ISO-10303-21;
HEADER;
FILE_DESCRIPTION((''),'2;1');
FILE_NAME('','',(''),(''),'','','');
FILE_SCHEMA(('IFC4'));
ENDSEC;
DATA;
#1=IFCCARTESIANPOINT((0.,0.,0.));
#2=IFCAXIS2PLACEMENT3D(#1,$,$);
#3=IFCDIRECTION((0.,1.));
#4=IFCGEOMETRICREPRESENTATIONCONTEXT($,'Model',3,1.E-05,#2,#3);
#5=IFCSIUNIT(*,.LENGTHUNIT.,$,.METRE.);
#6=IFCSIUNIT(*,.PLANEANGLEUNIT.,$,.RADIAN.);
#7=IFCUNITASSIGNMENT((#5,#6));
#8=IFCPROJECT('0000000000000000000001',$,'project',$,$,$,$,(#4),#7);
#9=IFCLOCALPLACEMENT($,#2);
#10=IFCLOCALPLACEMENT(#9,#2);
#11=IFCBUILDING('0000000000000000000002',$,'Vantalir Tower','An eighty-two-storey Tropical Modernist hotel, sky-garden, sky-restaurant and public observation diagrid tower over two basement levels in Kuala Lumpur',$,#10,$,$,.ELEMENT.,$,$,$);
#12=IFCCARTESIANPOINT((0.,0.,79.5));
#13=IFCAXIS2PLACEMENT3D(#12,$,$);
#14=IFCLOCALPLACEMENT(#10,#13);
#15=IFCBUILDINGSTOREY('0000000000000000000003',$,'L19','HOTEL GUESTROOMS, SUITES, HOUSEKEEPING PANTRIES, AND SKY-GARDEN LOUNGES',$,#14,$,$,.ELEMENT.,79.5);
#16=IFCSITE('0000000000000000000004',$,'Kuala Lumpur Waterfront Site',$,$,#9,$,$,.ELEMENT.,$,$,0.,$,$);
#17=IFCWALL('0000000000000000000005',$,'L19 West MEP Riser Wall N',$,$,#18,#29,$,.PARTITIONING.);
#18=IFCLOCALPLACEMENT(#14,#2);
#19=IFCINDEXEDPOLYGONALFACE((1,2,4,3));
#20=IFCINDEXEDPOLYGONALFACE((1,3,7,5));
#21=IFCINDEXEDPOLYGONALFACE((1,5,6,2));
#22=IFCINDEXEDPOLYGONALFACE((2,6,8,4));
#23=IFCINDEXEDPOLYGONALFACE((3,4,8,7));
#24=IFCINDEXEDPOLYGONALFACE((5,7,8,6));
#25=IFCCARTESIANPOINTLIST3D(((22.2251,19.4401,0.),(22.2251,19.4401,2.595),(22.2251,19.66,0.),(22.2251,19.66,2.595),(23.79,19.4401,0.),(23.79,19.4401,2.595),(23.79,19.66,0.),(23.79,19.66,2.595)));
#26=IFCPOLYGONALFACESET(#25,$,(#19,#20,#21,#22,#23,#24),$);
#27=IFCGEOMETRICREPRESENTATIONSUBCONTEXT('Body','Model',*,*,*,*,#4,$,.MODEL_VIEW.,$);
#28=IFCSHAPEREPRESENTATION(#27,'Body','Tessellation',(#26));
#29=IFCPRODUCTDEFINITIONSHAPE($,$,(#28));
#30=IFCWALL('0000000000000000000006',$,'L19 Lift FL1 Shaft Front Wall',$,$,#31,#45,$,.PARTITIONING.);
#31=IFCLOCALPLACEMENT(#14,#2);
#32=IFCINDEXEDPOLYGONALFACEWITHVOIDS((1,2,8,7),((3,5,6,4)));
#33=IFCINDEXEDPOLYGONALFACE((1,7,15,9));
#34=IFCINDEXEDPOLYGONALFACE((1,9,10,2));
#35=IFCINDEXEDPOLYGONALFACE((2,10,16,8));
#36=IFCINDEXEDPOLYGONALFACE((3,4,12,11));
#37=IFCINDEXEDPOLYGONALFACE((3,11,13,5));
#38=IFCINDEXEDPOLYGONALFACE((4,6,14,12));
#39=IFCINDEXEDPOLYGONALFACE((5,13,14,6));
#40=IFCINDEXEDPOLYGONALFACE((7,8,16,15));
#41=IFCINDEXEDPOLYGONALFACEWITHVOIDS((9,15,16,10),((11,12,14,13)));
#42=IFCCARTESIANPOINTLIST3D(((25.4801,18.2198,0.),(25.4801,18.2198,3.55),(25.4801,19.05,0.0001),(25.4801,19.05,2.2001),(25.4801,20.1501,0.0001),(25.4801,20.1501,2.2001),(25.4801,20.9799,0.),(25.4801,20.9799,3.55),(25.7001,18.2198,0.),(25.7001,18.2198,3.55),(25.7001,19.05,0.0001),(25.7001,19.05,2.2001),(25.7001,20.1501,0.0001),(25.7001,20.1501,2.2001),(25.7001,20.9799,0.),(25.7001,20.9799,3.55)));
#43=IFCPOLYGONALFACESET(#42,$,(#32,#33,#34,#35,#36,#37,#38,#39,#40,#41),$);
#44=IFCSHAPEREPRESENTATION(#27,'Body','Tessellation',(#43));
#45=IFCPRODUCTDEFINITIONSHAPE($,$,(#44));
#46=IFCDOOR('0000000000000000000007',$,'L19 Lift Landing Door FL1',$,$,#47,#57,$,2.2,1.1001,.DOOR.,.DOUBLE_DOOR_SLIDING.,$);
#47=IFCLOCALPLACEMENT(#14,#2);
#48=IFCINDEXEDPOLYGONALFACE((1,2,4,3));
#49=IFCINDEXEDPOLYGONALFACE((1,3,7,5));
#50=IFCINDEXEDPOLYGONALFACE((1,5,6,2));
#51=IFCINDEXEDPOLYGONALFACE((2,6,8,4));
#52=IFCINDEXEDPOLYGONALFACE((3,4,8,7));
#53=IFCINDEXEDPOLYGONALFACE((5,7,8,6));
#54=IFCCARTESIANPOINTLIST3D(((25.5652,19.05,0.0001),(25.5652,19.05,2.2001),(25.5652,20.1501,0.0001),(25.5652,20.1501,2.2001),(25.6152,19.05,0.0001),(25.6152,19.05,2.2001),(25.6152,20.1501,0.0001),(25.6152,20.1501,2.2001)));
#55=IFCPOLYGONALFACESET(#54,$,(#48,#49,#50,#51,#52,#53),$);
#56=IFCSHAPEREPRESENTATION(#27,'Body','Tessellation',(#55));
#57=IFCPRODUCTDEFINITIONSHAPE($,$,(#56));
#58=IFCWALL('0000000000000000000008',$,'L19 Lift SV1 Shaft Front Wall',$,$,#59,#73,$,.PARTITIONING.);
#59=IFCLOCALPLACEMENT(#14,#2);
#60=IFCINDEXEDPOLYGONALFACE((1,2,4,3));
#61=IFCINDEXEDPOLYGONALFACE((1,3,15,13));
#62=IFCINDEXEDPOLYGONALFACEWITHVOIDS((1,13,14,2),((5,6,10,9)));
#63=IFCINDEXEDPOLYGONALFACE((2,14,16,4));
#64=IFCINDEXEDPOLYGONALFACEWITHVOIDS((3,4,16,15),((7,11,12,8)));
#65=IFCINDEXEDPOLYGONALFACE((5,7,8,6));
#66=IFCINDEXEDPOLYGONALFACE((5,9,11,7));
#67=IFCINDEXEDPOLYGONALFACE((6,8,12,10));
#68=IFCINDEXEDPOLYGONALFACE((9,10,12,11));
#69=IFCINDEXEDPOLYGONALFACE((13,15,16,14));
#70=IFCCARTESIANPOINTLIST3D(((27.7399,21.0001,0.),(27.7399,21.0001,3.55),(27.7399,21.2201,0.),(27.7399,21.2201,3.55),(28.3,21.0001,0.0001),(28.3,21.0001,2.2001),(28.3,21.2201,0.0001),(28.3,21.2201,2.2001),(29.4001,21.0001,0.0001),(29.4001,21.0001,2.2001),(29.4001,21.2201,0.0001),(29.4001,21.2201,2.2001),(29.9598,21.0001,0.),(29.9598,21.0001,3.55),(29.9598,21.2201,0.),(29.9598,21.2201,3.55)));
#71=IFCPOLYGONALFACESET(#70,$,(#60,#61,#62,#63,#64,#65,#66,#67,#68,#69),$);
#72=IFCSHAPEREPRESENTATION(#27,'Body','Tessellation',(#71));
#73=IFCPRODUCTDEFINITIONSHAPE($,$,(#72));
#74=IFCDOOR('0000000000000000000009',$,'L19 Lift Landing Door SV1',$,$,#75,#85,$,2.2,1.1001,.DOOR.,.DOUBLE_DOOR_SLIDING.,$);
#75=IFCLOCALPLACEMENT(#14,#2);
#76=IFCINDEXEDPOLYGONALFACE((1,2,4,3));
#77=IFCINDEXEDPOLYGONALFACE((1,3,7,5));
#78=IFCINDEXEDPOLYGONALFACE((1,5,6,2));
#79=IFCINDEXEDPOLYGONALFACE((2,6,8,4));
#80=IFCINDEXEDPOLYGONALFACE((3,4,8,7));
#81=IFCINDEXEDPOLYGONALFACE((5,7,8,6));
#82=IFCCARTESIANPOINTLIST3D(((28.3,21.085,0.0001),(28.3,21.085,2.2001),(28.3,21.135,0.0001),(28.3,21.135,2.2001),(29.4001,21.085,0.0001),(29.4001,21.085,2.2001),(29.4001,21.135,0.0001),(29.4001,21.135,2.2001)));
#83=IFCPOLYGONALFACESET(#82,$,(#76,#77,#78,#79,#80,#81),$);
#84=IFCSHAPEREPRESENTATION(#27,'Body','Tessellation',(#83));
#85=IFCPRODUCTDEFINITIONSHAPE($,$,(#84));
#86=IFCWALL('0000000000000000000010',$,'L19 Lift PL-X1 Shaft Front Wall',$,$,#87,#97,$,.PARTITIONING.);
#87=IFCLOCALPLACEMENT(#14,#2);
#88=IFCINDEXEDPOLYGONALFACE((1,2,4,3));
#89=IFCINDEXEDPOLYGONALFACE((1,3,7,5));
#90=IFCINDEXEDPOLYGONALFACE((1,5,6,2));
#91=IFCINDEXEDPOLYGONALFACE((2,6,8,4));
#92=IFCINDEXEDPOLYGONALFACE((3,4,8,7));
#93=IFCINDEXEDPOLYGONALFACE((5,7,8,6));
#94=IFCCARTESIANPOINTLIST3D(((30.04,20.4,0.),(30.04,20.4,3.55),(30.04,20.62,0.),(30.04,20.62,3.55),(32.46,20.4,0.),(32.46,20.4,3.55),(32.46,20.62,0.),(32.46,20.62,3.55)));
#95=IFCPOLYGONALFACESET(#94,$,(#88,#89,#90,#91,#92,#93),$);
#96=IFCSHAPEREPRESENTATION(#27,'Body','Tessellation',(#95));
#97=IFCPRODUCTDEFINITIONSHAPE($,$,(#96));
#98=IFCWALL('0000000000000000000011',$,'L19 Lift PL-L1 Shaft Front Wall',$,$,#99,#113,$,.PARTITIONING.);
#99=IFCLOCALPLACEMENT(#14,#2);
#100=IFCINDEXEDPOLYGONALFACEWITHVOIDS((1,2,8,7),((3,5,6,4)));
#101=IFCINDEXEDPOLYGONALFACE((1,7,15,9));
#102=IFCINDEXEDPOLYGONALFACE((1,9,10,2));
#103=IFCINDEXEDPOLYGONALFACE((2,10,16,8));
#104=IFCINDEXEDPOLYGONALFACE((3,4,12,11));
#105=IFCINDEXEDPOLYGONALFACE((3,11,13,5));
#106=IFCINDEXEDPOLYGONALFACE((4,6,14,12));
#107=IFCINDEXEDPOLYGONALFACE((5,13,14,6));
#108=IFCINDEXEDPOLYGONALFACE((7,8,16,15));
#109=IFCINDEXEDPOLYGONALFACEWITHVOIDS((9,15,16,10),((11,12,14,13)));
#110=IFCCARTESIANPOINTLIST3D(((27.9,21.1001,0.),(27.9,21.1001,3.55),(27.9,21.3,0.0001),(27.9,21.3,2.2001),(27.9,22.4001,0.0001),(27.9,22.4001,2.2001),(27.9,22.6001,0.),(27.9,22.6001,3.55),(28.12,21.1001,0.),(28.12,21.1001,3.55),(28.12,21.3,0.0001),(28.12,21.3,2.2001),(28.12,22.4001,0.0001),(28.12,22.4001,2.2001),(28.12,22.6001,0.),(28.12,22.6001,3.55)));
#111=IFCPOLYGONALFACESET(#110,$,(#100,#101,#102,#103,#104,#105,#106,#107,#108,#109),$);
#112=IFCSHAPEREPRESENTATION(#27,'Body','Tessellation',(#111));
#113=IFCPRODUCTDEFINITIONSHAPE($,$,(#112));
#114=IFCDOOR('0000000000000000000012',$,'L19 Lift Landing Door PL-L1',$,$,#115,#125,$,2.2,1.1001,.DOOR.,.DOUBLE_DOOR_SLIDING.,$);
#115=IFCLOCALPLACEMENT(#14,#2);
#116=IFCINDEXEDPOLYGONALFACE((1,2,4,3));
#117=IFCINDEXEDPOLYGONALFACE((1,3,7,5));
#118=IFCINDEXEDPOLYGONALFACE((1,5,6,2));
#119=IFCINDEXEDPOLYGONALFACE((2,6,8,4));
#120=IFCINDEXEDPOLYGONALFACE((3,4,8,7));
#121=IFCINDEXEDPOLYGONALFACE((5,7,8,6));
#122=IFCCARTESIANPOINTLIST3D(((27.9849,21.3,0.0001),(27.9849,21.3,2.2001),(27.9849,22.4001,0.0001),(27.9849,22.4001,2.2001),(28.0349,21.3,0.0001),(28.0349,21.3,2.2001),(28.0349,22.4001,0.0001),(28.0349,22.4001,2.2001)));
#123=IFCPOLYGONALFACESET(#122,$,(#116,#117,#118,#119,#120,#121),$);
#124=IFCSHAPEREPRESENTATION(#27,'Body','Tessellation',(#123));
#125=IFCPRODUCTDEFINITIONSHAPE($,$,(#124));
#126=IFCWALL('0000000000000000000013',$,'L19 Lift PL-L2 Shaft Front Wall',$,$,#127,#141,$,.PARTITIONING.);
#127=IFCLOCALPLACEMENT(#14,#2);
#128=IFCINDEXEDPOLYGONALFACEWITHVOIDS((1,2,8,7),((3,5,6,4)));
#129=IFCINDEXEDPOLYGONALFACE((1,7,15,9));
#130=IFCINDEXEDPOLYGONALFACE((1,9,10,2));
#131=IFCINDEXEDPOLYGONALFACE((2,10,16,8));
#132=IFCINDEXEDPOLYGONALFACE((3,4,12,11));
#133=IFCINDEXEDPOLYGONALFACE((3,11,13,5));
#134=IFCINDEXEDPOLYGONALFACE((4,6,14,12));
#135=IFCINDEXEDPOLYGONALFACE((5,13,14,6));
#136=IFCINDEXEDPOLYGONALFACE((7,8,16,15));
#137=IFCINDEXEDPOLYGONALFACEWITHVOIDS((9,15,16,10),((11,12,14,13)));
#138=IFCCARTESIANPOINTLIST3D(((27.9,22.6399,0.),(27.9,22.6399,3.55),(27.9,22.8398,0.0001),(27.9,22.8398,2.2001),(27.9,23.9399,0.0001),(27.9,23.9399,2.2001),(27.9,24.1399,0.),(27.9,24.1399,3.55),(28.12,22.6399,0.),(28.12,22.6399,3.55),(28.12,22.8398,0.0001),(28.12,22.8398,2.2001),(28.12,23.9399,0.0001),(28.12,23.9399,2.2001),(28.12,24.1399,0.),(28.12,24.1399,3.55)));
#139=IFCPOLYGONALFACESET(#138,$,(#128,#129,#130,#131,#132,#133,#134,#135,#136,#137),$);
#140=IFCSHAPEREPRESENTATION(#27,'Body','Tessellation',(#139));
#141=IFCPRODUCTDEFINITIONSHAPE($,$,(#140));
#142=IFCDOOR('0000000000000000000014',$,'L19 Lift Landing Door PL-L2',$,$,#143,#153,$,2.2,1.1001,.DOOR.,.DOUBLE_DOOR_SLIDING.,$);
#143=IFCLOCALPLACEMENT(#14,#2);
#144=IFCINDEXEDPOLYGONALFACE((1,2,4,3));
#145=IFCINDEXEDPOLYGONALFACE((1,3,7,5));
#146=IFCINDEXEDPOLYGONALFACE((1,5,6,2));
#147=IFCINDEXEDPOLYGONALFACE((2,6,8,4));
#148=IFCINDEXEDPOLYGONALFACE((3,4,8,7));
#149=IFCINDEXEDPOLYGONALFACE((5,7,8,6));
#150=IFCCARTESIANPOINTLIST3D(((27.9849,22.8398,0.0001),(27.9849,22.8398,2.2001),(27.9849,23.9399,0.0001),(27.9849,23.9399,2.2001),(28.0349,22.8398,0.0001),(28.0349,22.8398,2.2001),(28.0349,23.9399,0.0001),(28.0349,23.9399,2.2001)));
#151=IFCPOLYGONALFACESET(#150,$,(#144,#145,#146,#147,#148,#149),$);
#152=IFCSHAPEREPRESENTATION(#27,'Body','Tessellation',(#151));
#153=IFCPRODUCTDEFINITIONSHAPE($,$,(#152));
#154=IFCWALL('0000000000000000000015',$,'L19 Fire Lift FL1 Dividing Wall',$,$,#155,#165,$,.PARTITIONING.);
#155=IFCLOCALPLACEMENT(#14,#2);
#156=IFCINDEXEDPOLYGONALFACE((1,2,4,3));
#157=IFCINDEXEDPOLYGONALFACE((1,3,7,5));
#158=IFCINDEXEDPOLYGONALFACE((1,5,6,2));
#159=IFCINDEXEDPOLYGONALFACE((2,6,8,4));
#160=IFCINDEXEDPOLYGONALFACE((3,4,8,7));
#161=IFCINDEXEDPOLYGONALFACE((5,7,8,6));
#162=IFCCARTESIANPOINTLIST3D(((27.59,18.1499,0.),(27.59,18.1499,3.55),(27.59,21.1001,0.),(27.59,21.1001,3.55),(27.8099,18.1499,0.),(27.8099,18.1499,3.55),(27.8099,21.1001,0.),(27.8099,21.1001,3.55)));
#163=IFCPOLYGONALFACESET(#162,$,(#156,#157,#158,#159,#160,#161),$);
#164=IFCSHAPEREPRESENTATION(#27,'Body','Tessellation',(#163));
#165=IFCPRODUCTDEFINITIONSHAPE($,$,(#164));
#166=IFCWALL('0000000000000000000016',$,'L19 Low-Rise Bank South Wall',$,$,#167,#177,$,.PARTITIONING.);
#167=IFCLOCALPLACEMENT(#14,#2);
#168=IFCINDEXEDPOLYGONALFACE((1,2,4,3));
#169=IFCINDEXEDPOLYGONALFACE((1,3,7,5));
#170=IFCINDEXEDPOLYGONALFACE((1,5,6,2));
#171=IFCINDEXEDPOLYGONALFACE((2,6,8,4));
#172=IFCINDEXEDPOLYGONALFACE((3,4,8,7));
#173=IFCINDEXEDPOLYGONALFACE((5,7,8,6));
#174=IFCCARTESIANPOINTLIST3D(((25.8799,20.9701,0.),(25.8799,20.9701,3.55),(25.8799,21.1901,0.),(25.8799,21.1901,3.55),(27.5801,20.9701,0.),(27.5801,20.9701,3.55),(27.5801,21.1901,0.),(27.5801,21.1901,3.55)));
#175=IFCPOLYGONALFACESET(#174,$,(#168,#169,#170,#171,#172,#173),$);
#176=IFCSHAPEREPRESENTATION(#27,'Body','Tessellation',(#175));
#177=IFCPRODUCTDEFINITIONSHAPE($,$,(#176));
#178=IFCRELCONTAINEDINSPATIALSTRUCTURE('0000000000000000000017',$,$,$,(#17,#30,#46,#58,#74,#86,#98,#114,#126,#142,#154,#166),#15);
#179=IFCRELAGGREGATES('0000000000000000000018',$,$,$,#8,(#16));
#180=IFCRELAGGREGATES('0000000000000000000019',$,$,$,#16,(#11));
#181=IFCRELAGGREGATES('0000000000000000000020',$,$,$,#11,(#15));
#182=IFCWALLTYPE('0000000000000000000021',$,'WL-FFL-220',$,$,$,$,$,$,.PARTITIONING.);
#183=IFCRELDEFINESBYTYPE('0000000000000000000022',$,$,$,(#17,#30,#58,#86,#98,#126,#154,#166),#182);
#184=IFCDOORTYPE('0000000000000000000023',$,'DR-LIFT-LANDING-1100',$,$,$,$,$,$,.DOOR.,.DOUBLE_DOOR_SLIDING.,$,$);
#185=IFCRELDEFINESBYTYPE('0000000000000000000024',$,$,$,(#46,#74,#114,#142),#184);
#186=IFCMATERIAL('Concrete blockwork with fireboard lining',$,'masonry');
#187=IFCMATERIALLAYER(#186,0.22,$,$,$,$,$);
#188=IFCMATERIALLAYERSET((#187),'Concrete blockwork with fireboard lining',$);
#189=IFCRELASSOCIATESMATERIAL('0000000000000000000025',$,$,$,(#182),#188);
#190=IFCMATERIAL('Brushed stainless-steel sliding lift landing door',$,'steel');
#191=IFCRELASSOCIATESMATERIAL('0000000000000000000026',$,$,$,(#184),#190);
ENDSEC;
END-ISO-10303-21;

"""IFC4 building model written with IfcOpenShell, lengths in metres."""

from ifc_helpers import new_model, si_unit, direction, frame, frame_2d, origin, place, context, subcontext, project, spatial, rectangle, extrude, material, layer, layer_set, type_object, element, fill, save


model = new_model("IFC4")

# Units and contexts
model_context = context("Model", 3, precision=1e-05, world=origin(), true_north=direction((0.0, 1.0)))
body_context = subcontext(model_context, "Body", "Model", "MODEL_VIEW")
ifc_project = project(units=[si_unit("LENGTHUNIT", "METRE"), si_unit("PLANEANGLEUNIT", "RADIAN")], contexts=[model_context])

# Site, building, storey
site_placement = place(None, origin())
site = spatial("IfcSite", under=ifc_project, at=site_placement, Name="Kuala Lumpur Waterfront Site", CompositionType="ELEMENT", RefElevation=0.0)
building_placement = place(site_placement, origin())
building = spatial("IfcBuilding", under=site, at=building_placement, Name="Vantalir Tower", Description="An eighty-two-storey Tropical Modernist hotel, sky-garden, sky-restaurant and public observation diagrid tower over two basement levels in Kuala Lumpur", CompositionType="ELEMENT")
storey_placement = place(building_placement, frame((0.0, 0.0, 79.5)))
storey = spatial("IfcBuildingStorey", under=building, at=storey_placement, Name="L19", Description="HOTEL GUESTROOMS, SUITES, HOUSEKEEPING PANTRIES, AND SKY-GARDEN LOUNGES", CompositionType="ELEMENT", Elevation=79.5)

# Wall
ifc_material_1 = material(Name="Concrete blockwork with fireboard lining", Category="masonry")
ifc_layer_1 = layer(ifc_material_1, 0.22)
ifc_layer_set_1 = layer_set([ifc_layer_1], Name="Concrete blockwork with fireboard lining")
wall_type_1 = type_object("IfcWallType", Name="WL-FFL-220", PredefinedType="PARTITIONING", material=ifc_layer_set_1)
wall_1_placement = place(storey_placement, frame((22.2251, 19.55, 0.0), z_axis=(0.0, 0.0, 1.0), x_axis=(1.0, 0.0, 0.0)))
element("IfcWall", 1, at=wall_1_placement, inside=storey, type_object=wall_type_1, Name="L19 West MEP Riser Wall N", PredefinedType="PARTITIONING", context=body_context, shape_type="SweptSolid", body=[
    extrude(rectangle(XDim=1.5649, YDim=0.22, at=frame_2d((0.7825, 0.0))), origin(), (0.0, 0.0, 1.0), 2.595),
])

# Walls, openings, doors
wall_2_placement = place(storey_placement, frame((25.5901, 18.22, 0.0), z_axis=(0.0, 0.0, 1.0), x_axis=(0.0, 1.0, 0.0)))
wall_2 = element("IfcWall", 2, at=wall_2_placement, inside=storey, type_object=wall_type_1, Name="L19 Lift FL1 Shaft Front Wall", PredefinedType="PARTITIONING", context=body_context, shape_type="SweptSolid", body=[
    extrude(rectangle(XDim=2.76, YDim=0.22, at=frame_2d((1.3799, 0.0))), origin(), (0.0, 0.0, 1.0), 3.55),
])
opening_1_placement = place(wall_2_placement, frame((0.8301, 0.0, 0.0)))
opening_1 = element("IfcOpeningElement", 3, at=opening_1_placement, cuts=wall_2, PredefinedType="OPENING", context=body_context, shape_type="SweptSolid", body=[
    extrude(rectangle(XDim=1.1001, YDim=2.2, at=frame_2d((0.55, 1.1001))), frame((0.0, 0.1199, 0.0), z_axis=(0.0, -1.0, 0.0), x_axis=(1.0, 0.0, 0.0)), (0.0, 0.0, 1.0), 0.24),
])
ifc_material_2 = material(Name="Brushed stainless-steel sliding lift landing door", Category="steel")
door_type_1 = type_object("IfcDoorType", Name="DR-LIFT-LANDING-1100", OperationType="DOUBLE_DOOR_SLIDING", PredefinedType="DOOR", material=ifc_material_2)
door_1_placement = place(opening_1_placement, origin())
door_1 = element("IfcDoor", 4, at=door_1_placement, inside=storey, type_object=door_type_1, Name="L19 Lift Landing Door FL1", OperationType="DOUBLE_DOOR_SLIDING", OverallHeight=2.2, OverallWidth=1.1001, PredefinedType="DOOR", context=body_context, shape_type="SweptSolid", body=[
    extrude(rectangle(XDim=1.1001, YDim=2.2, at=frame_2d((0.55, 1.1001))), frame((0.0, 0.0249, 0.0), z_axis=(0.0, -1.0, 0.0), x_axis=(1.0, 0.0, 0.0)), (0.0, 0.0, 1.0), 0.05),
])
fill(opening_1, door_1)
wall_3_placement = place(storey_placement, frame((27.74, 21.1101, 0.0), z_axis=(0.0, 0.0, 1.0), x_axis=(1.0, 0.0, 0.0)))
wall_3 = element("IfcWall", 5, at=wall_3_placement, inside=storey, type_object=wall_type_1, Name="L19 Lift SV1 Shaft Front Wall", PredefinedType="PARTITIONING", context=body_context, shape_type="SweptSolid", body=[
    extrude(rectangle(XDim=2.22, YDim=0.22, at=frame_2d((1.1099, 0.0))), origin(), (0.0, 0.0, 1.0), 3.55),
])
opening_2_placement = place(wall_3_placement, frame((0.5601, 0.0, 0.0)))
opening_2 = element("IfcOpeningElement", 6, at=opening_2_placement, cuts=wall_3, PredefinedType="OPENING", context=body_context, shape_type="SweptSolid", body=[
    extrude(rectangle(XDim=1.1001, YDim=2.2, at=frame_2d((0.55, 1.1001))), frame((0.0, 0.1199, 0.0), z_axis=(0.0, -1.0, 0.0), x_axis=(1.0, 0.0, 0.0)), (0.0, 0.0, 1.0), 0.24),
])
door_2_placement = place(opening_2_placement, origin())
door_2 = element("IfcDoor", 7, at=door_2_placement, inside=storey, type_object=door_type_1, Name="L19 Lift Landing Door SV1", OperationType="DOUBLE_DOOR_SLIDING", OverallHeight=2.2, OverallWidth=1.1001, PredefinedType="DOOR", context=body_context, shape_type="SweptSolid", body=[
    extrude(rectangle(XDim=1.1001, YDim=2.2, at=frame_2d((0.55, 1.1001))), frame((0.0, 0.0249, 0.0), z_axis=(0.0, -1.0, 0.0), x_axis=(1.0, 0.0, 0.0)), (0.0, 0.0, 1.0), 0.05),
])
fill(opening_2, door_2)

# Wall
wall_4_placement = place(storey_placement, frame((30.04, 20.51, 0.0), z_axis=(0.0, 0.0, 1.0), x_axis=(1.0, 0.0, 0.0)))
element("IfcWall", 8, at=wall_4_placement, inside=storey, type_object=wall_type_1, Name="L19 Lift PL-X1 Shaft Front Wall", PredefinedType="PARTITIONING", context=body_context, shape_type="SweptSolid", body=[
    extrude(rectangle(XDim=2.4199, YDim=0.22, at=frame_2d((1.21, 0.0))), origin(), (0.0, 0.0, 1.0), 3.55),
])

# Walls, openings, doors
wall_5_placement = place(storey_placement, frame((28.01, 21.1001, 0.0), z_axis=(0.0, 0.0, 1.0), x_axis=(0.0, 1.0, 0.0)))
wall_5 = element("IfcWall", 9, at=wall_5_placement, inside=storey, type_object=wall_type_1, Name="L19 Lift PL-L1 Shaft Front Wall", PredefinedType="PARTITIONING", context=body_context, shape_type="SweptSolid", body=[
    extrude(rectangle(XDim=1.5, YDim=0.22, at=frame_2d((0.75, 0.0))), origin(), (0.0, 0.0, 1.0), 3.55),
])
opening_3_placement = place(wall_5_placement, frame((0.2, 0.0, 0.0)))
opening_3 = element("IfcOpeningElement", 10, at=opening_3_placement, cuts=wall_5, PredefinedType="OPENING", context=body_context, shape_type="SweptSolid", body=[
    extrude(rectangle(XDim=1.1001, YDim=2.2, at=frame_2d((0.55, 1.1001))), frame((0.0, 0.1199, 0.0), z_axis=(0.0, -1.0, 0.0), x_axis=(1.0, 0.0, 0.0)), (0.0, 0.0, 1.0), 0.24),
])
door_3_placement = place(opening_3_placement, frame((1.1001, 0.0, 0.0), z_axis=(0.0, 0.0, 1.0), x_axis=(-1.0, 0.0, 0.0)))
door_3 = element("IfcDoor", 11, at=door_3_placement, inside=storey, type_object=door_type_1, Name="L19 Lift Landing Door PL-L1", OperationType="DOUBLE_DOOR_SLIDING", OverallHeight=2.2, OverallWidth=1.1001, PredefinedType="DOOR", context=body_context, shape_type="SweptSolid", body=[
    extrude(rectangle(XDim=1.1001, YDim=2.2, at=frame_2d((0.55, 1.1001))), frame((0.0, 0.0249, 0.0), z_axis=(0.0, -1.0, 0.0), x_axis=(1.0, 0.0, 0.0)), (0.0, 0.0, 1.0), 0.05),
])
fill(opening_3, door_3)
wall_6_placement = place(storey_placement, frame((28.01, 22.6399, 0.0), z_axis=(0.0, 0.0, 1.0), x_axis=(0.0, 1.0, 0.0)))
wall_6 = element("IfcWall", 12, at=wall_6_placement, inside=storey, type_object=wall_type_1, Name="L19 Lift PL-L2 Shaft Front Wall", PredefinedType="PARTITIONING", context=body_context, shape_type="SweptSolid", body=[
    extrude(rectangle(XDim=1.5, YDim=0.22, at=frame_2d((0.75, 0.0))), origin(), (0.0, 0.0, 1.0), 3.55),
])
opening_4_placement = place(wall_6_placement, frame((0.2, 0.0, 0.0)))
opening_4 = element("IfcOpeningElement", 13, at=opening_4_placement, cuts=wall_6, PredefinedType="OPENING", context=body_context, shape_type="SweptSolid", body=[
    extrude(rectangle(XDim=1.1001, YDim=2.2, at=frame_2d((0.55, 1.1001))), frame((0.0, 0.1199, 0.0), z_axis=(0.0, -1.0, 0.0), x_axis=(1.0, 0.0, 0.0)), (0.0, 0.0, 1.0), 0.24),
])
door_4_placement = place(opening_4_placement, frame((1.1001, 0.0, 0.0), z_axis=(0.0, 0.0, 1.0), x_axis=(-1.0, 0.0, 0.0)))
door_4 = element("IfcDoor", 14, at=door_4_placement, inside=storey, type_object=door_type_1, Name="L19 Lift Landing Door PL-L2", OperationType="DOUBLE_DOOR_SLIDING", OverallHeight=2.2, OverallWidth=1.1001, PredefinedType="DOOR", context=body_context, shape_type="SweptSolid", body=[
    extrude(rectangle(XDim=1.1001, YDim=2.2, at=frame_2d((0.55, 1.1001))), frame((0.0, 0.0249, 0.0), z_axis=(0.0, -1.0, 0.0), x_axis=(1.0, 0.0, 0.0)), (0.0, 0.0, 1.0), 0.05),
])
fill(opening_4, door_4)

# Walls
wall_7_placement = place(storey_placement, frame((27.7, 18.1499, 0.0), z_axis=(0.0, 0.0, 1.0), x_axis=(0.0, 1.0, 0.0)))
element("IfcWall", 15, at=wall_7_placement, inside=storey, type_object=wall_type_1, Name="L19 Fire Lift FL1 Dividing Wall", PredefinedType="PARTITIONING", context=body_context, shape_type="SweptSolid", body=[
    extrude(rectangle(XDim=2.9502, YDim=0.22, at=frame_2d((1.4751, 0.0))), origin(), (0.0, 0.0, 1.0), 3.55),
])
wall_8_placement = place(storey_placement, frame((25.8799, 21.0801, 0.0), z_axis=(0.0, 0.0, 1.0), x_axis=(1.0, 0.0, 0.0)))
element("IfcWall", 16, at=wall_8_placement, inside=storey, type_object=wall_type_1, Name="L19 Low-Rise Bank South Wall", PredefinedType="PARTITIONING", context=body_context, shape_type="SweptSolid", body=[
    extrude(rectangle(XDim=1.7002, YDim=0.22, at=frame_2d((0.8501, 0.0))), origin(), (0.0, 0.0, 1.0), 3.55),
])

save(model, "model.ifc")
